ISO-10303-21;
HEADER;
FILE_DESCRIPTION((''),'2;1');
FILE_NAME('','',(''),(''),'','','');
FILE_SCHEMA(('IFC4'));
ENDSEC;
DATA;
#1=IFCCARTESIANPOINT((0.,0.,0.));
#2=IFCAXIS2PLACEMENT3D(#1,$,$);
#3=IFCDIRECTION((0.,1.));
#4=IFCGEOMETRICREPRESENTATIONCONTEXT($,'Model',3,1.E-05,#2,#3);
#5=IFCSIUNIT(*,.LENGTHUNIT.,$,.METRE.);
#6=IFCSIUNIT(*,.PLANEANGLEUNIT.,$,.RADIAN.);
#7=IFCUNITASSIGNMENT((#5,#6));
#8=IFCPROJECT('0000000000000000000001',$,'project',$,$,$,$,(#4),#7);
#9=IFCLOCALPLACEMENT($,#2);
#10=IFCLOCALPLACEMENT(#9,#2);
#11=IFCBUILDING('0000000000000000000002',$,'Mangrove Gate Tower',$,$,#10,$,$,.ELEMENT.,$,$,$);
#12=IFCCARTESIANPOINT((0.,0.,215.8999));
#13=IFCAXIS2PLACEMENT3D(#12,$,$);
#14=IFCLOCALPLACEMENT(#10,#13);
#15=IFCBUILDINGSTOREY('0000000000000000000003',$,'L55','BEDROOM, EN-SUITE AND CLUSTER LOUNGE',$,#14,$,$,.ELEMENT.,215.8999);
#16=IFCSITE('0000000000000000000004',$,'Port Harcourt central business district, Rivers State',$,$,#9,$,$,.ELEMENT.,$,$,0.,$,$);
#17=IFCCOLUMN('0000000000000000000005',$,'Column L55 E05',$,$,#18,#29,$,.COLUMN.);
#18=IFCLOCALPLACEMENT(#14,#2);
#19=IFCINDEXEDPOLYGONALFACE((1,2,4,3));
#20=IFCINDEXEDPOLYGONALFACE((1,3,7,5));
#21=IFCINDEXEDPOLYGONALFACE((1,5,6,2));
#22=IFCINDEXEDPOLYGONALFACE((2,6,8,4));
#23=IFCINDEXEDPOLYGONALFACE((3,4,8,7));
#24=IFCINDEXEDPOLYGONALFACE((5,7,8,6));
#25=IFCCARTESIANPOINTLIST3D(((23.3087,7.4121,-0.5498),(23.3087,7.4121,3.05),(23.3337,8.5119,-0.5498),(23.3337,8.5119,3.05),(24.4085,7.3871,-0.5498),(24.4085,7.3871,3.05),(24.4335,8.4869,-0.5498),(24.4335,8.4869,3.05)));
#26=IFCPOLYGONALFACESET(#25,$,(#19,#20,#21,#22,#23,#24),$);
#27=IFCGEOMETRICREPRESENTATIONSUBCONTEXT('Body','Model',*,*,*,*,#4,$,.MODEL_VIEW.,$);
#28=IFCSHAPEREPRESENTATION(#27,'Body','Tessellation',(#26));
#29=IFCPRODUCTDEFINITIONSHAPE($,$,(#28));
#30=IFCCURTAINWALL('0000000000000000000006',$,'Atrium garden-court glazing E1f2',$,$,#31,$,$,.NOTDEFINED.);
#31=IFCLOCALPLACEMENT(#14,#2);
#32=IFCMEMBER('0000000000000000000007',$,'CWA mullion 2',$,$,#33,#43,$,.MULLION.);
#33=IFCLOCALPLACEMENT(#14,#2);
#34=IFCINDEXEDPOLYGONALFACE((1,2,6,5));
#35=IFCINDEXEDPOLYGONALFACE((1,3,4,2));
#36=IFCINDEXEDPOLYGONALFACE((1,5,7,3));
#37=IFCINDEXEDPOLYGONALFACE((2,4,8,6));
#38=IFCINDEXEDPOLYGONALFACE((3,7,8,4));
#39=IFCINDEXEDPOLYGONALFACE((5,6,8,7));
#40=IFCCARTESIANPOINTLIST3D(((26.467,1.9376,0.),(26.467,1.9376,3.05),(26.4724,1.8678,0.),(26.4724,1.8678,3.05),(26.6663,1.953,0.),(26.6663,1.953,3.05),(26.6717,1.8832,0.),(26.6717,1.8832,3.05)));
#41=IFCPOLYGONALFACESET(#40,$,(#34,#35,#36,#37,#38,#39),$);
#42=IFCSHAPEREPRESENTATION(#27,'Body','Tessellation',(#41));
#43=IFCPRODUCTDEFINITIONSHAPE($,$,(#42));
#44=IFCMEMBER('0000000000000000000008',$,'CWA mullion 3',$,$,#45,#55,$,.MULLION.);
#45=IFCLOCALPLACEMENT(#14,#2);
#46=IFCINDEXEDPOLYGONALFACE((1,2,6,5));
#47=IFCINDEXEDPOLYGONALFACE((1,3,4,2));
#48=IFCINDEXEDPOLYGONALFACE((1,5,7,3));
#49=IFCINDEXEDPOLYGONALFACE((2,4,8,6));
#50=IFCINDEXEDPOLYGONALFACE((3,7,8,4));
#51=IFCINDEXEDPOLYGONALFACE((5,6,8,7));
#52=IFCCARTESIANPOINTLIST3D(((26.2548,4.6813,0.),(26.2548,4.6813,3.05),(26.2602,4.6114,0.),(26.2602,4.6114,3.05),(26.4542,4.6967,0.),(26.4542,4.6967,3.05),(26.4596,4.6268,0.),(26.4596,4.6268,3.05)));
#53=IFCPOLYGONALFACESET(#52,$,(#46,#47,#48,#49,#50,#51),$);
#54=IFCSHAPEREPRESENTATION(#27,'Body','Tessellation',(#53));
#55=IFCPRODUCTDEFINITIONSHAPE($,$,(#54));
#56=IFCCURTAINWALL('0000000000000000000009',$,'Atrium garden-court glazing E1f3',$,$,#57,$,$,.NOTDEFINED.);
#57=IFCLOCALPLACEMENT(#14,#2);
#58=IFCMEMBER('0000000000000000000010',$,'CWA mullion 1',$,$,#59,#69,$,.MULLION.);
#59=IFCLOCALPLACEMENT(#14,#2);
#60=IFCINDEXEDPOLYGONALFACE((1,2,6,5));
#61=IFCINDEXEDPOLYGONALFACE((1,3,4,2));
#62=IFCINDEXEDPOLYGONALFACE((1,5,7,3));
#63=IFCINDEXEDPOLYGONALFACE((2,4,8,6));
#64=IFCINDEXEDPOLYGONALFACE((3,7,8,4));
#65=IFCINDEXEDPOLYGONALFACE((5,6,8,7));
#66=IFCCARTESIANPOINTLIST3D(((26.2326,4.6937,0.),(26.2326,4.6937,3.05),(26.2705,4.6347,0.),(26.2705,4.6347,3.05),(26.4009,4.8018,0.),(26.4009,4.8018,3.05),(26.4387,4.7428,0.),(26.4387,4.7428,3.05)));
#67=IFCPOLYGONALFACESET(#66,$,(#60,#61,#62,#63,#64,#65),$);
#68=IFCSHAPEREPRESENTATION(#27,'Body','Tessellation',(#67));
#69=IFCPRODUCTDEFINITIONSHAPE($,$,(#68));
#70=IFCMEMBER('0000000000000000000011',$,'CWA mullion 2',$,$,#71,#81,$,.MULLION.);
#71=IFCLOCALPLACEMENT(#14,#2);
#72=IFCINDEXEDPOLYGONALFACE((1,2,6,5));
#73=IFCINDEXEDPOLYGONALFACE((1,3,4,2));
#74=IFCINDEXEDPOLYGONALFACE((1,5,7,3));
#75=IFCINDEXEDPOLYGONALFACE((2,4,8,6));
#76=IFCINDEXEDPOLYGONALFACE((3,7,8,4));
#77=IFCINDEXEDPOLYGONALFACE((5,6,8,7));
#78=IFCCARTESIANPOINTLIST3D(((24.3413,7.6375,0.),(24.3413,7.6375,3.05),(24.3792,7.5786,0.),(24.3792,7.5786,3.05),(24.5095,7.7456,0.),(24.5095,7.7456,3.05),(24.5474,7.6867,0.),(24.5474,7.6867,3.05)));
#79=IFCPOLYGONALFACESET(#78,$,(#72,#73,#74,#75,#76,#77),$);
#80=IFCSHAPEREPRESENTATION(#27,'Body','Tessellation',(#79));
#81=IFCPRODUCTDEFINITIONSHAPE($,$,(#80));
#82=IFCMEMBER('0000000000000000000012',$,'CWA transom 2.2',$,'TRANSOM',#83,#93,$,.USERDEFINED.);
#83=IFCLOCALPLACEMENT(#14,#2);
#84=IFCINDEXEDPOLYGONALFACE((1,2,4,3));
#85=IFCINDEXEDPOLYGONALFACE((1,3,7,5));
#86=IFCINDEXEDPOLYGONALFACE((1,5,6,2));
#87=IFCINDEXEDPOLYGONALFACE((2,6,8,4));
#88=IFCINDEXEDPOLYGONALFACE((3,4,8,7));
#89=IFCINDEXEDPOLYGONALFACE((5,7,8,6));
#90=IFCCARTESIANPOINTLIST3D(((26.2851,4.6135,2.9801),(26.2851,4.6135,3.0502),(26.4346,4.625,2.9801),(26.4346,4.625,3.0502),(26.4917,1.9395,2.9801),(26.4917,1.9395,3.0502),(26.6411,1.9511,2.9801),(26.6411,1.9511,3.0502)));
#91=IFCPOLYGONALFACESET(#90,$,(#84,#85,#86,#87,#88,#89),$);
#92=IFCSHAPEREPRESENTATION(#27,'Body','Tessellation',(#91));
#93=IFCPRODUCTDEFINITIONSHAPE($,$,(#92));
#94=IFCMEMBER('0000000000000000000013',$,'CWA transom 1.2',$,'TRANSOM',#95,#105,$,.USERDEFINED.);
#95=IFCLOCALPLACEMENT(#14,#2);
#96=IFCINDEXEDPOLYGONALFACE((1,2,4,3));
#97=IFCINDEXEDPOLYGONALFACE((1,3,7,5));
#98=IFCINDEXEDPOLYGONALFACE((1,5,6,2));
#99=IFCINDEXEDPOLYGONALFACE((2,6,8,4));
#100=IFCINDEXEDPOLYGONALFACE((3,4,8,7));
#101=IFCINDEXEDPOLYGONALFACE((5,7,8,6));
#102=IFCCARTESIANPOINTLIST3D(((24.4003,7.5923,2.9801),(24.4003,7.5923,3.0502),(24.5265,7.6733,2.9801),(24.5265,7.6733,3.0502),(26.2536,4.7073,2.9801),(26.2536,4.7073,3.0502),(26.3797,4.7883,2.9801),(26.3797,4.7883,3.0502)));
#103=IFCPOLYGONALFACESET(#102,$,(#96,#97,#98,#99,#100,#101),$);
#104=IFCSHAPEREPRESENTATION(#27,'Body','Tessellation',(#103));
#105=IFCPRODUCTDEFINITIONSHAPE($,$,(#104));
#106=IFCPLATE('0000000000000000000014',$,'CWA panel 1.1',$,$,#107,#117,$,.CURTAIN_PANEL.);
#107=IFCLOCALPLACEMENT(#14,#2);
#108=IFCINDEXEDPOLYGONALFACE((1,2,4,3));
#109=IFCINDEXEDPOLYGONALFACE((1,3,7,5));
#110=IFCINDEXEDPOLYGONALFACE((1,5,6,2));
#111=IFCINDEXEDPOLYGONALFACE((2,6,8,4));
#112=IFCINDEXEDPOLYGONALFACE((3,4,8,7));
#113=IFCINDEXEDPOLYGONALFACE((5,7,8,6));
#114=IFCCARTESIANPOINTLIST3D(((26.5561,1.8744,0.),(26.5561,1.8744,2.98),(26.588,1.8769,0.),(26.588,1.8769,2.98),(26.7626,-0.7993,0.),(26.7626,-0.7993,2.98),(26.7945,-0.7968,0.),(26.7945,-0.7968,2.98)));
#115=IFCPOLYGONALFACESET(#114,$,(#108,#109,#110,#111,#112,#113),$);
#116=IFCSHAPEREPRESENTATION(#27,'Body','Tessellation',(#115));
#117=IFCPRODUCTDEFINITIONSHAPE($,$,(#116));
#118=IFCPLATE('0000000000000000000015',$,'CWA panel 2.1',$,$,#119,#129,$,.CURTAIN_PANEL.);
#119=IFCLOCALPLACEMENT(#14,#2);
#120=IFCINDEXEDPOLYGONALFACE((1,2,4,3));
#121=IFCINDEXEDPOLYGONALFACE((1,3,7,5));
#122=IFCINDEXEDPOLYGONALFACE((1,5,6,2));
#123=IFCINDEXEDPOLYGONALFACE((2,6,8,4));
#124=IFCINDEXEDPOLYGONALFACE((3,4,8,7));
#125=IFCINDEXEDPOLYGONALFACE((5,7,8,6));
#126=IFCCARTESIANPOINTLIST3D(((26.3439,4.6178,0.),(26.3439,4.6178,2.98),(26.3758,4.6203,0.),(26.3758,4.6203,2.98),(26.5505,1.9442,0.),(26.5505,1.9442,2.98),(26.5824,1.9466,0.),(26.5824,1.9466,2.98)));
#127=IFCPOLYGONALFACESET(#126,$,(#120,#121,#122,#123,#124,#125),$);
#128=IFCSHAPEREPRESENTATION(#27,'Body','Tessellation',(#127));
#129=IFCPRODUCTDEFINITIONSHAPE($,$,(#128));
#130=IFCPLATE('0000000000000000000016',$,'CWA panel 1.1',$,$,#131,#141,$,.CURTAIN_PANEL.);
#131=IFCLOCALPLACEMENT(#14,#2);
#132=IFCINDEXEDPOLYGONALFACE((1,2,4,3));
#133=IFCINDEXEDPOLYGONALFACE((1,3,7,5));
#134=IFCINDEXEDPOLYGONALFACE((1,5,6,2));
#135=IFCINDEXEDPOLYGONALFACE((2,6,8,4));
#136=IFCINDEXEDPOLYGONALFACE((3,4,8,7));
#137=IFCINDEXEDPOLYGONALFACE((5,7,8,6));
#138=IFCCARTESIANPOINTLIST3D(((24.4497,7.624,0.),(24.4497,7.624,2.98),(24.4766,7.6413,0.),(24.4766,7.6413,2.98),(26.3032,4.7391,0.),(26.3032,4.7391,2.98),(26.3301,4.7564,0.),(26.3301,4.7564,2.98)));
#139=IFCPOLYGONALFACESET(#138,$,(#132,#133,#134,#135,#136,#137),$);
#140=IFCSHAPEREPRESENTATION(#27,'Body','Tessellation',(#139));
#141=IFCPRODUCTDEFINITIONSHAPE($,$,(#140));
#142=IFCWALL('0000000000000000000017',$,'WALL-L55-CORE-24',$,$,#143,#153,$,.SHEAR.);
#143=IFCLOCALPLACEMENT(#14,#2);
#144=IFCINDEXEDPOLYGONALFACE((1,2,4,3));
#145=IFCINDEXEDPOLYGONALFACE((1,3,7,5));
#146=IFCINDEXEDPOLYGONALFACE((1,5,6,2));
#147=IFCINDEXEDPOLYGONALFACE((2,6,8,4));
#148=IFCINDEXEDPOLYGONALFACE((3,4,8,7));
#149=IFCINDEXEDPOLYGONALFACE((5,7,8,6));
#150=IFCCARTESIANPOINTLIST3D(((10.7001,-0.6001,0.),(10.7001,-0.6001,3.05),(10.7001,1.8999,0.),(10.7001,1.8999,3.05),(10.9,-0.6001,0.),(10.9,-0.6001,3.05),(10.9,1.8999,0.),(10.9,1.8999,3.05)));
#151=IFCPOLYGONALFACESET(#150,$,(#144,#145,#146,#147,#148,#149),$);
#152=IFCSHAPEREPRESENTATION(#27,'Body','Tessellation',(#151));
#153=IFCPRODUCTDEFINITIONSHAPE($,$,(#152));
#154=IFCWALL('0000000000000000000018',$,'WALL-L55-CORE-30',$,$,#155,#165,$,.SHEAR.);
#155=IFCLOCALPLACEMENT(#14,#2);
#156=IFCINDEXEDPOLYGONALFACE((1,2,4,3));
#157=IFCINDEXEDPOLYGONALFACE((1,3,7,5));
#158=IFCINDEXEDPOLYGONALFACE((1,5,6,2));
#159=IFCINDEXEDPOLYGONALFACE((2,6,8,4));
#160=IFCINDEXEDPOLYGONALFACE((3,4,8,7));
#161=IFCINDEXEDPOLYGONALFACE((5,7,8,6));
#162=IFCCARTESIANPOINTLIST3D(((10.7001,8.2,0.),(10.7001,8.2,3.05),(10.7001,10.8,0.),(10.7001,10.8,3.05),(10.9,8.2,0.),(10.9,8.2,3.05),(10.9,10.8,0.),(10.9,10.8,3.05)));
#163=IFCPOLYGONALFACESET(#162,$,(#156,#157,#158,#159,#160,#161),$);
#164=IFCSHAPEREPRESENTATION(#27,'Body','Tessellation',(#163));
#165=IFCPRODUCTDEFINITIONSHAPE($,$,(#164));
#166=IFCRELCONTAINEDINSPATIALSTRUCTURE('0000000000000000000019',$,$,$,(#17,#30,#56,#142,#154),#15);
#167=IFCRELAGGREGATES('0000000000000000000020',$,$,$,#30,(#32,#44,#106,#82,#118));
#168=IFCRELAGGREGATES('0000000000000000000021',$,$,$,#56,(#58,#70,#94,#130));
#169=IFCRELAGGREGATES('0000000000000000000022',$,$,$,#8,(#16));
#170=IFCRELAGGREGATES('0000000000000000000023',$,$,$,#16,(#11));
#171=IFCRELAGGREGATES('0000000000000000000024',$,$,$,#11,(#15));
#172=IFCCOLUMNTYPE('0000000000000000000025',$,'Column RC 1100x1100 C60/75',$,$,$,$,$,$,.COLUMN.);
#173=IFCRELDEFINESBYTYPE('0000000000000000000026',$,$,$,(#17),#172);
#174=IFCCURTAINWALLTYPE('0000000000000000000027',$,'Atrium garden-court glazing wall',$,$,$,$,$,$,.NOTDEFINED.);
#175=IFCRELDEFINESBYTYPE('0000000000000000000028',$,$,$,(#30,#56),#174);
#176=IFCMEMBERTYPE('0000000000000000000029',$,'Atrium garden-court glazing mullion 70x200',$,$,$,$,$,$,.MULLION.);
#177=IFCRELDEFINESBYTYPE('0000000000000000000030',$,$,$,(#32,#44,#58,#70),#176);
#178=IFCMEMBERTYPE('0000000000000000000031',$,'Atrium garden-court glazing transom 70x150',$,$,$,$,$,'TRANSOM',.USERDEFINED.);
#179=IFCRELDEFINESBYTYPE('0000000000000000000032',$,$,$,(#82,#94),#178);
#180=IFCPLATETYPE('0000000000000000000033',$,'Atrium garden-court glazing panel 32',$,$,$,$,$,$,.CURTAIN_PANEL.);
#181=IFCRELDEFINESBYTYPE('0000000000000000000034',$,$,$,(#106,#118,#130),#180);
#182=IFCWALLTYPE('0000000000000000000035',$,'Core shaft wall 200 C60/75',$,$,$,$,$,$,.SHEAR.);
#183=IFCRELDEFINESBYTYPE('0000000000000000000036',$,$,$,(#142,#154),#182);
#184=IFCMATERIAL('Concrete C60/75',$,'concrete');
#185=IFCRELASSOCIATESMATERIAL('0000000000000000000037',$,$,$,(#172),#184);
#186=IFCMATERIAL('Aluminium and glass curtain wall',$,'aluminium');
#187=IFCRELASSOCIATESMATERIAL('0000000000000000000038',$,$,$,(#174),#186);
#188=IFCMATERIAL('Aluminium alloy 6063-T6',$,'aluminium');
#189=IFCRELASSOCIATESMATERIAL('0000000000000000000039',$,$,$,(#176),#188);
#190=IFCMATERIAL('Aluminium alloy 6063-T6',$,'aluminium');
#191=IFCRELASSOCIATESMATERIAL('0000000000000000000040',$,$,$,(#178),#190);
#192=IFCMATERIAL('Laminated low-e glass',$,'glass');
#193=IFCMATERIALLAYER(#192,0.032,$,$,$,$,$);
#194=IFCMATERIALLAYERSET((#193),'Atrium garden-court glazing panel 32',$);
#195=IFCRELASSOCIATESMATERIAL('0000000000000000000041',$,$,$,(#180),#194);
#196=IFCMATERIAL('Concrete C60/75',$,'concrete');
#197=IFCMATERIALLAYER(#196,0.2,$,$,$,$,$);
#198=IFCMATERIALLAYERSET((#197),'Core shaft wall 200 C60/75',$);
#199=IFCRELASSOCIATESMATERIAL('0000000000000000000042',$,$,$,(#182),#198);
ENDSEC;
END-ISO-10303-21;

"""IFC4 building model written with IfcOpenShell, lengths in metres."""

from ifc_helpers import new_model, si_unit, direction, frame, frame_2d, origin, origin_2d, place, context, subcontext, project, spatial, rectangle, extrude, material, layer, layer_set, material_profile, profile_set, type_object, element, aggregate, save


model = new_model("IFC4")

# Units and contexts
model_context = context("Model", 3, precision=1e-05, world=origin(), true_north=direction((0.0, 1.0)))
body_context = subcontext(model_context, "Body", "Model", "MODEL_VIEW")
ifc_project = project(units=[si_unit("LENGTHUNIT", "METRE"), si_unit("PLANEANGLEUNIT", "RADIAN")], contexts=[model_context])

# Site, building, storey
site_placement = place(None, origin())
site = spatial("IfcSite", under=ifc_project, at=site_placement, Name="Port Harcourt central business district, Rivers State", CompositionType="ELEMENT", RefElevation=0.0)
building_placement = place(site_placement, origin())
building = spatial("IfcBuilding", under=site, at=building_placement, Name="Mangrove Gate Tower", CompositionType="ELEMENT")
storey_placement = place(building_placement, frame((0.0, 0.0, 215.8999)))
storey = spatial("IfcBuildingStorey", under=building, at=storey_placement, Name="L55", Description="BEDROOM, EN-SUITE AND CLUSTER LOUNGE", CompositionType="ELEMENT", Elevation=215.8999)

# Column
ifc_material_1 = material(Name="Concrete C60/75", Category="concrete")
ifc_material_profile_1 = material_profile(ifc_material_1, rectangle(XDim=1.1001, YDim=1.1001, at=origin_2d()))
ifc_profile_set_1 = profile_set([ifc_material_profile_1], Name="Concrete C60/75")
column_type = type_object("IfcColumnType", Name="Column RC 1100x1100 C60/75", PredefinedType="COLUMN", material=ifc_profile_set_1)
column_placement = place(storey_placement, frame((23.8711, 7.9495, -0.5498), z_axis=(0.0, 0.0, 1.0), x_axis=(0.022719, 0.999742, 0.0)))
element("IfcColumn", 1, at=column_placement, inside=storey, type_object=column_type, Name="Column L55 E05", PredefinedType="COLUMN", context=body_context, shape_type="SweptSolid", body=[
    extrude(rectangle(XDim=1.1001, YDim=1.1001, at=origin_2d()), origin(), (0.0, 0.0, 1.0), 3.5999),
])

# Curtain walls, members
ifc_material_2 = material(Name="Aluminium and glass curtain wall", Category="aluminium")
curtain_wall_type = type_object("IfcCurtainWallType", Name="Atrium garden-court glazing wall", PredefinedType="NOTDEFINED", material=ifc_material_2)
curtain_wall_1_placement = place(storey_placement, origin())
curtain_wall_1 = element("IfcCurtainWall", 2, at=curtain_wall_1_placement, inside=storey, type_object=curtain_wall_type, Name="Atrium garden-court glazing E1f2", PredefinedType="NOTDEFINED")
ifc_material_3 = material(Name="Aluminium alloy 6063-T6", Category="aluminium")
ifc_material_profile_2 = material_profile(ifc_material_3, rectangle(XDim=0.0701, YDim=0.2, at=origin_2d()))
ifc_profile_set_2 = profile_set([ifc_material_profile_2], Name="Aluminium alloy 6063-T6")
member_type_1 = type_object("IfcMemberType", Name="Atrium garden-court glazing mullion 70x200", PredefinedType="MULLION", material=ifc_profile_set_2)
member_1_placement = place(storey_placement, frame((26.5693, 1.9104, 0.0), z_axis=(0.0, 0.0, 1.0), x_axis=(-0.077023, 0.997029, 0.0)))
member_1 = element("IfcMember", 3, at=member_1_placement, type_object=member_type_1, Name="CWA mullion 2", PredefinedType="MULLION", context=body_context, shape_type="SweptSolid", body=[
    extrude(rectangle(XDim=0.0701, YDim=0.2, at=origin_2d()), origin(), (0.0, 0.0, 1.0), 3.05),
])
member_2_placement = place(storey_placement, frame((26.3572, 4.6541, 0.0), z_axis=(0.0, 0.0, 1.0), x_axis=(-0.077023, 0.997029, 0.0)))
member_2 = element("IfcMember", 4, at=member_2_placement, type_object=member_type_1, Name="CWA mullion 3", PredefinedType="MULLION", context=body_context, shape_type="SweptSolid", body=[
    extrude(rectangle(XDim=0.0701, YDim=0.2, at=origin_2d()), origin(), (0.0, 0.0, 1.0), 3.05),
])
curtain_wall_2_placement = place(storey_placement, origin())
curtain_wall_2 = element("IfcCurtainWall", 5, at=curtain_wall_2_placement, inside=storey, type_object=curtain_wall_type, Name="Atrium garden-court glazing E1f3", PredefinedType="NOTDEFINED")
member_3_placement = place(storey_placement, frame((26.3357, 4.7183, 0.0), z_axis=(0.0, 0.0, 1.0), x_axis=(-0.540523, 0.841329, 0.0)))
member_3 = element("IfcMember", 6, at=member_3_placement, type_object=member_type_1, Name="CWA mullion 1", PredefinedType="MULLION", context=body_context, shape_type="SweptSolid", body=[
    extrude(rectangle(XDim=0.0701, YDim=0.2, at=origin_2d()), origin(), (0.0, 0.0, 1.0), 3.05),
])
member_4_placement = place(storey_placement, frame((24.4443, 7.6621, 0.0), z_axis=(0.0, 0.0, 1.0), x_axis=(-0.540523, 0.841329, 0.0)))
member_4 = element("IfcMember", 7, at=member_4_placement, type_object=member_type_1, Name="CWA mullion 2", PredefinedType="MULLION", context=body_context, shape_type="SweptSolid", body=[
    extrude(rectangle(XDim=0.0701, YDim=0.2, at=origin_2d()), origin(), (0.0, 0.0, 1.0), 3.05),
])

# Members
ifc_material_4 = material(Name="Aluminium alloy 6063-T6", Category="aluminium")
ifc_material_profile_3 = material_profile(ifc_material_4, rectangle(XDim=0.0701, YDim=0.1499, at=origin_2d()))
ifc_profile_set_3 = profile_set([ifc_material_profile_3], Name="Aluminium alloy 6063-T6")
member_type_2 = type_object("IfcMemberType", Name="Atrium garden-court glazing transom 70x150", ElementType="TRANSOM", PredefinedType="USERDEFINED", material=ifc_profile_set_3)
member_5_placement = place(storey_placement, frame((26.5664, 1.9453, 3.0151), z_axis=(-0.077017, 0.99703, 0.0), x_axis=(0.0, 0.0, 1.0)))
member_5 = element("IfcMember", 8, at=member_5_placement, type_object=member_type_2, Name="CWA transom 2.2", ObjectType="TRANSOM", PredefinedType="USERDEFINED", context=body_context, shape_type="SweptSolid", body=[
    extrude(rectangle(XDim=0.0701, YDim=0.1499, at=origin_2d()), origin(), (0.0, 0.0, 1.0), 2.6819),
])
member_6_placement = place(storey_placement, frame((26.3167, 4.7478, 3.0151), z_axis=(-0.540473, 0.841361, 0.0), x_axis=(0.0, 0.0, 1.0)))
member_6 = element("IfcMember", 9, at=member_6_placement, type_object=member_type_2, Name="CWA transom 1.2", ObjectType="TRANSOM", PredefinedType="USERDEFINED", context=body_context, shape_type="SweptSolid", body=[
    extrude(rectangle(XDim=0.0701, YDim=0.1499, at=origin_2d()), origin(), (0.0, 0.0, 1.0), 3.429),
])

# Plates
ifc_material_5 = material(Name="Laminated low-e glass", Category="glass")
ifc_layer_1 = layer(ifc_material_5, 0.032)
ifc_layer_set_1 = layer_set([ifc_layer_1], Name="Atrium garden-court glazing panel 32")
plate_type = type_object("IfcPlateType", Name="Atrium garden-court glazing panel 32", PredefinedType="CURTAIN_PANEL", material=ifc_layer_set_1)
plate_1_placement = place(storey_placement, frame((26.6753, 0.5388, 0.0), z_axis=(0.0, 0.0, 1.0), x_axis=(-0.077023, 0.997029, 0.0)))
plate_1 = element("IfcPlate", 10, at=plate_1_placement, type_object=plate_type, Name="CWA panel 1.1", PredefinedType="CURTAIN_PANEL", context=body_context, shape_type="SweptSolid", body=[
    extrude(rectangle(XDim=2.6816, YDim=0.032, at=origin_2d()), origin(), (0.0, 0.0, 1.0), 2.98),
])
plate_2_placement = place(storey_placement, frame((26.4631, 3.2822, 0.0), z_axis=(0.0, 0.0, 1.0), x_axis=(-0.077023, 0.997029, 0.0)))
plate_2 = element("IfcPlate", 11, at=plate_2_placement, type_object=plate_type, Name="CWA panel 2.1", PredefinedType="CURTAIN_PANEL", context=body_context, shape_type="SweptSolid", body=[
    extrude(rectangle(XDim=2.6816, YDim=0.032, at=origin_2d()), origin(), (0.0, 0.0, 1.0), 2.98),
])
aggregate(curtain_wall_1, [member_1, member_2, plate_1, member_5, plate_2])
plate_3_placement = place(storey_placement, frame((25.3899, 6.1902, 0.0), z_axis=(0.0, 0.0, 1.0), x_axis=(-0.540523, 0.841329, 0.0)))
plate_3 = element("IfcPlate", 12, at=plate_3_placement, type_object=plate_type, Name="CWA panel 1.1", PredefinedType="CURTAIN_PANEL", context=body_context, shape_type="SweptSolid", body=[
    extrude(rectangle(XDim=3.429, YDim=0.032, at=origin_2d()), origin(), (0.0, 0.0, 1.0), 2.98),
])
aggregate(curtain_wall_2, [member_3, member_4, member_6, plate_3])

# Walls
ifc_material_6 = material(Name="Concrete C60/75", Category="concrete")
ifc_layer_2 = layer(ifc_material_6, 0.2)
ifc_layer_set_2 = layer_set([ifc_layer_2], Name="Core shaft wall 200 C60/75")
wall_type_1 = type_object("IfcWallType", Name="Core shaft wall 200 C60/75", PredefinedType="SHEAR", material=ifc_layer_set_2)
wall_1_placement = place(storey_placement, frame((10.8, -0.6001, 0.0), z_axis=(0.0, 0.0, 1.0), x_axis=(0.0, 1.0, 0.0)))
element("IfcWall", 13, at=wall_1_placement, inside=storey, type_object=wall_type_1, Name="WALL-L55-CORE-24", PredefinedType="SHEAR", context=body_context, shape_type="SweptSolid", body=[
    extrude(rectangle(XDim=2.5, YDim=0.2, at=frame_2d((1.25, 0.0))), origin(), (0.0, 0.0, 1.0), 3.05),
])
wall_2_placement = place(storey_placement, frame((10.8, 8.2, 0.0), z_axis=(0.0, 0.0, 1.0), x_axis=(0.0, 1.0, 0.0)))
element("IfcWall", 14, at=wall_2_placement, inside=storey, type_object=wall_type_1, Name="WALL-L55-CORE-30", PredefinedType="SHEAR", context=body_context, shape_type="SweptSolid", body=[
    extrude(rectangle(XDim=2.6001, YDim=0.2, at=frame_2d((1.3, 0.0))), origin(), (0.0, 0.0, 1.0), 3.05),
])

save(model, "model.ifc")
